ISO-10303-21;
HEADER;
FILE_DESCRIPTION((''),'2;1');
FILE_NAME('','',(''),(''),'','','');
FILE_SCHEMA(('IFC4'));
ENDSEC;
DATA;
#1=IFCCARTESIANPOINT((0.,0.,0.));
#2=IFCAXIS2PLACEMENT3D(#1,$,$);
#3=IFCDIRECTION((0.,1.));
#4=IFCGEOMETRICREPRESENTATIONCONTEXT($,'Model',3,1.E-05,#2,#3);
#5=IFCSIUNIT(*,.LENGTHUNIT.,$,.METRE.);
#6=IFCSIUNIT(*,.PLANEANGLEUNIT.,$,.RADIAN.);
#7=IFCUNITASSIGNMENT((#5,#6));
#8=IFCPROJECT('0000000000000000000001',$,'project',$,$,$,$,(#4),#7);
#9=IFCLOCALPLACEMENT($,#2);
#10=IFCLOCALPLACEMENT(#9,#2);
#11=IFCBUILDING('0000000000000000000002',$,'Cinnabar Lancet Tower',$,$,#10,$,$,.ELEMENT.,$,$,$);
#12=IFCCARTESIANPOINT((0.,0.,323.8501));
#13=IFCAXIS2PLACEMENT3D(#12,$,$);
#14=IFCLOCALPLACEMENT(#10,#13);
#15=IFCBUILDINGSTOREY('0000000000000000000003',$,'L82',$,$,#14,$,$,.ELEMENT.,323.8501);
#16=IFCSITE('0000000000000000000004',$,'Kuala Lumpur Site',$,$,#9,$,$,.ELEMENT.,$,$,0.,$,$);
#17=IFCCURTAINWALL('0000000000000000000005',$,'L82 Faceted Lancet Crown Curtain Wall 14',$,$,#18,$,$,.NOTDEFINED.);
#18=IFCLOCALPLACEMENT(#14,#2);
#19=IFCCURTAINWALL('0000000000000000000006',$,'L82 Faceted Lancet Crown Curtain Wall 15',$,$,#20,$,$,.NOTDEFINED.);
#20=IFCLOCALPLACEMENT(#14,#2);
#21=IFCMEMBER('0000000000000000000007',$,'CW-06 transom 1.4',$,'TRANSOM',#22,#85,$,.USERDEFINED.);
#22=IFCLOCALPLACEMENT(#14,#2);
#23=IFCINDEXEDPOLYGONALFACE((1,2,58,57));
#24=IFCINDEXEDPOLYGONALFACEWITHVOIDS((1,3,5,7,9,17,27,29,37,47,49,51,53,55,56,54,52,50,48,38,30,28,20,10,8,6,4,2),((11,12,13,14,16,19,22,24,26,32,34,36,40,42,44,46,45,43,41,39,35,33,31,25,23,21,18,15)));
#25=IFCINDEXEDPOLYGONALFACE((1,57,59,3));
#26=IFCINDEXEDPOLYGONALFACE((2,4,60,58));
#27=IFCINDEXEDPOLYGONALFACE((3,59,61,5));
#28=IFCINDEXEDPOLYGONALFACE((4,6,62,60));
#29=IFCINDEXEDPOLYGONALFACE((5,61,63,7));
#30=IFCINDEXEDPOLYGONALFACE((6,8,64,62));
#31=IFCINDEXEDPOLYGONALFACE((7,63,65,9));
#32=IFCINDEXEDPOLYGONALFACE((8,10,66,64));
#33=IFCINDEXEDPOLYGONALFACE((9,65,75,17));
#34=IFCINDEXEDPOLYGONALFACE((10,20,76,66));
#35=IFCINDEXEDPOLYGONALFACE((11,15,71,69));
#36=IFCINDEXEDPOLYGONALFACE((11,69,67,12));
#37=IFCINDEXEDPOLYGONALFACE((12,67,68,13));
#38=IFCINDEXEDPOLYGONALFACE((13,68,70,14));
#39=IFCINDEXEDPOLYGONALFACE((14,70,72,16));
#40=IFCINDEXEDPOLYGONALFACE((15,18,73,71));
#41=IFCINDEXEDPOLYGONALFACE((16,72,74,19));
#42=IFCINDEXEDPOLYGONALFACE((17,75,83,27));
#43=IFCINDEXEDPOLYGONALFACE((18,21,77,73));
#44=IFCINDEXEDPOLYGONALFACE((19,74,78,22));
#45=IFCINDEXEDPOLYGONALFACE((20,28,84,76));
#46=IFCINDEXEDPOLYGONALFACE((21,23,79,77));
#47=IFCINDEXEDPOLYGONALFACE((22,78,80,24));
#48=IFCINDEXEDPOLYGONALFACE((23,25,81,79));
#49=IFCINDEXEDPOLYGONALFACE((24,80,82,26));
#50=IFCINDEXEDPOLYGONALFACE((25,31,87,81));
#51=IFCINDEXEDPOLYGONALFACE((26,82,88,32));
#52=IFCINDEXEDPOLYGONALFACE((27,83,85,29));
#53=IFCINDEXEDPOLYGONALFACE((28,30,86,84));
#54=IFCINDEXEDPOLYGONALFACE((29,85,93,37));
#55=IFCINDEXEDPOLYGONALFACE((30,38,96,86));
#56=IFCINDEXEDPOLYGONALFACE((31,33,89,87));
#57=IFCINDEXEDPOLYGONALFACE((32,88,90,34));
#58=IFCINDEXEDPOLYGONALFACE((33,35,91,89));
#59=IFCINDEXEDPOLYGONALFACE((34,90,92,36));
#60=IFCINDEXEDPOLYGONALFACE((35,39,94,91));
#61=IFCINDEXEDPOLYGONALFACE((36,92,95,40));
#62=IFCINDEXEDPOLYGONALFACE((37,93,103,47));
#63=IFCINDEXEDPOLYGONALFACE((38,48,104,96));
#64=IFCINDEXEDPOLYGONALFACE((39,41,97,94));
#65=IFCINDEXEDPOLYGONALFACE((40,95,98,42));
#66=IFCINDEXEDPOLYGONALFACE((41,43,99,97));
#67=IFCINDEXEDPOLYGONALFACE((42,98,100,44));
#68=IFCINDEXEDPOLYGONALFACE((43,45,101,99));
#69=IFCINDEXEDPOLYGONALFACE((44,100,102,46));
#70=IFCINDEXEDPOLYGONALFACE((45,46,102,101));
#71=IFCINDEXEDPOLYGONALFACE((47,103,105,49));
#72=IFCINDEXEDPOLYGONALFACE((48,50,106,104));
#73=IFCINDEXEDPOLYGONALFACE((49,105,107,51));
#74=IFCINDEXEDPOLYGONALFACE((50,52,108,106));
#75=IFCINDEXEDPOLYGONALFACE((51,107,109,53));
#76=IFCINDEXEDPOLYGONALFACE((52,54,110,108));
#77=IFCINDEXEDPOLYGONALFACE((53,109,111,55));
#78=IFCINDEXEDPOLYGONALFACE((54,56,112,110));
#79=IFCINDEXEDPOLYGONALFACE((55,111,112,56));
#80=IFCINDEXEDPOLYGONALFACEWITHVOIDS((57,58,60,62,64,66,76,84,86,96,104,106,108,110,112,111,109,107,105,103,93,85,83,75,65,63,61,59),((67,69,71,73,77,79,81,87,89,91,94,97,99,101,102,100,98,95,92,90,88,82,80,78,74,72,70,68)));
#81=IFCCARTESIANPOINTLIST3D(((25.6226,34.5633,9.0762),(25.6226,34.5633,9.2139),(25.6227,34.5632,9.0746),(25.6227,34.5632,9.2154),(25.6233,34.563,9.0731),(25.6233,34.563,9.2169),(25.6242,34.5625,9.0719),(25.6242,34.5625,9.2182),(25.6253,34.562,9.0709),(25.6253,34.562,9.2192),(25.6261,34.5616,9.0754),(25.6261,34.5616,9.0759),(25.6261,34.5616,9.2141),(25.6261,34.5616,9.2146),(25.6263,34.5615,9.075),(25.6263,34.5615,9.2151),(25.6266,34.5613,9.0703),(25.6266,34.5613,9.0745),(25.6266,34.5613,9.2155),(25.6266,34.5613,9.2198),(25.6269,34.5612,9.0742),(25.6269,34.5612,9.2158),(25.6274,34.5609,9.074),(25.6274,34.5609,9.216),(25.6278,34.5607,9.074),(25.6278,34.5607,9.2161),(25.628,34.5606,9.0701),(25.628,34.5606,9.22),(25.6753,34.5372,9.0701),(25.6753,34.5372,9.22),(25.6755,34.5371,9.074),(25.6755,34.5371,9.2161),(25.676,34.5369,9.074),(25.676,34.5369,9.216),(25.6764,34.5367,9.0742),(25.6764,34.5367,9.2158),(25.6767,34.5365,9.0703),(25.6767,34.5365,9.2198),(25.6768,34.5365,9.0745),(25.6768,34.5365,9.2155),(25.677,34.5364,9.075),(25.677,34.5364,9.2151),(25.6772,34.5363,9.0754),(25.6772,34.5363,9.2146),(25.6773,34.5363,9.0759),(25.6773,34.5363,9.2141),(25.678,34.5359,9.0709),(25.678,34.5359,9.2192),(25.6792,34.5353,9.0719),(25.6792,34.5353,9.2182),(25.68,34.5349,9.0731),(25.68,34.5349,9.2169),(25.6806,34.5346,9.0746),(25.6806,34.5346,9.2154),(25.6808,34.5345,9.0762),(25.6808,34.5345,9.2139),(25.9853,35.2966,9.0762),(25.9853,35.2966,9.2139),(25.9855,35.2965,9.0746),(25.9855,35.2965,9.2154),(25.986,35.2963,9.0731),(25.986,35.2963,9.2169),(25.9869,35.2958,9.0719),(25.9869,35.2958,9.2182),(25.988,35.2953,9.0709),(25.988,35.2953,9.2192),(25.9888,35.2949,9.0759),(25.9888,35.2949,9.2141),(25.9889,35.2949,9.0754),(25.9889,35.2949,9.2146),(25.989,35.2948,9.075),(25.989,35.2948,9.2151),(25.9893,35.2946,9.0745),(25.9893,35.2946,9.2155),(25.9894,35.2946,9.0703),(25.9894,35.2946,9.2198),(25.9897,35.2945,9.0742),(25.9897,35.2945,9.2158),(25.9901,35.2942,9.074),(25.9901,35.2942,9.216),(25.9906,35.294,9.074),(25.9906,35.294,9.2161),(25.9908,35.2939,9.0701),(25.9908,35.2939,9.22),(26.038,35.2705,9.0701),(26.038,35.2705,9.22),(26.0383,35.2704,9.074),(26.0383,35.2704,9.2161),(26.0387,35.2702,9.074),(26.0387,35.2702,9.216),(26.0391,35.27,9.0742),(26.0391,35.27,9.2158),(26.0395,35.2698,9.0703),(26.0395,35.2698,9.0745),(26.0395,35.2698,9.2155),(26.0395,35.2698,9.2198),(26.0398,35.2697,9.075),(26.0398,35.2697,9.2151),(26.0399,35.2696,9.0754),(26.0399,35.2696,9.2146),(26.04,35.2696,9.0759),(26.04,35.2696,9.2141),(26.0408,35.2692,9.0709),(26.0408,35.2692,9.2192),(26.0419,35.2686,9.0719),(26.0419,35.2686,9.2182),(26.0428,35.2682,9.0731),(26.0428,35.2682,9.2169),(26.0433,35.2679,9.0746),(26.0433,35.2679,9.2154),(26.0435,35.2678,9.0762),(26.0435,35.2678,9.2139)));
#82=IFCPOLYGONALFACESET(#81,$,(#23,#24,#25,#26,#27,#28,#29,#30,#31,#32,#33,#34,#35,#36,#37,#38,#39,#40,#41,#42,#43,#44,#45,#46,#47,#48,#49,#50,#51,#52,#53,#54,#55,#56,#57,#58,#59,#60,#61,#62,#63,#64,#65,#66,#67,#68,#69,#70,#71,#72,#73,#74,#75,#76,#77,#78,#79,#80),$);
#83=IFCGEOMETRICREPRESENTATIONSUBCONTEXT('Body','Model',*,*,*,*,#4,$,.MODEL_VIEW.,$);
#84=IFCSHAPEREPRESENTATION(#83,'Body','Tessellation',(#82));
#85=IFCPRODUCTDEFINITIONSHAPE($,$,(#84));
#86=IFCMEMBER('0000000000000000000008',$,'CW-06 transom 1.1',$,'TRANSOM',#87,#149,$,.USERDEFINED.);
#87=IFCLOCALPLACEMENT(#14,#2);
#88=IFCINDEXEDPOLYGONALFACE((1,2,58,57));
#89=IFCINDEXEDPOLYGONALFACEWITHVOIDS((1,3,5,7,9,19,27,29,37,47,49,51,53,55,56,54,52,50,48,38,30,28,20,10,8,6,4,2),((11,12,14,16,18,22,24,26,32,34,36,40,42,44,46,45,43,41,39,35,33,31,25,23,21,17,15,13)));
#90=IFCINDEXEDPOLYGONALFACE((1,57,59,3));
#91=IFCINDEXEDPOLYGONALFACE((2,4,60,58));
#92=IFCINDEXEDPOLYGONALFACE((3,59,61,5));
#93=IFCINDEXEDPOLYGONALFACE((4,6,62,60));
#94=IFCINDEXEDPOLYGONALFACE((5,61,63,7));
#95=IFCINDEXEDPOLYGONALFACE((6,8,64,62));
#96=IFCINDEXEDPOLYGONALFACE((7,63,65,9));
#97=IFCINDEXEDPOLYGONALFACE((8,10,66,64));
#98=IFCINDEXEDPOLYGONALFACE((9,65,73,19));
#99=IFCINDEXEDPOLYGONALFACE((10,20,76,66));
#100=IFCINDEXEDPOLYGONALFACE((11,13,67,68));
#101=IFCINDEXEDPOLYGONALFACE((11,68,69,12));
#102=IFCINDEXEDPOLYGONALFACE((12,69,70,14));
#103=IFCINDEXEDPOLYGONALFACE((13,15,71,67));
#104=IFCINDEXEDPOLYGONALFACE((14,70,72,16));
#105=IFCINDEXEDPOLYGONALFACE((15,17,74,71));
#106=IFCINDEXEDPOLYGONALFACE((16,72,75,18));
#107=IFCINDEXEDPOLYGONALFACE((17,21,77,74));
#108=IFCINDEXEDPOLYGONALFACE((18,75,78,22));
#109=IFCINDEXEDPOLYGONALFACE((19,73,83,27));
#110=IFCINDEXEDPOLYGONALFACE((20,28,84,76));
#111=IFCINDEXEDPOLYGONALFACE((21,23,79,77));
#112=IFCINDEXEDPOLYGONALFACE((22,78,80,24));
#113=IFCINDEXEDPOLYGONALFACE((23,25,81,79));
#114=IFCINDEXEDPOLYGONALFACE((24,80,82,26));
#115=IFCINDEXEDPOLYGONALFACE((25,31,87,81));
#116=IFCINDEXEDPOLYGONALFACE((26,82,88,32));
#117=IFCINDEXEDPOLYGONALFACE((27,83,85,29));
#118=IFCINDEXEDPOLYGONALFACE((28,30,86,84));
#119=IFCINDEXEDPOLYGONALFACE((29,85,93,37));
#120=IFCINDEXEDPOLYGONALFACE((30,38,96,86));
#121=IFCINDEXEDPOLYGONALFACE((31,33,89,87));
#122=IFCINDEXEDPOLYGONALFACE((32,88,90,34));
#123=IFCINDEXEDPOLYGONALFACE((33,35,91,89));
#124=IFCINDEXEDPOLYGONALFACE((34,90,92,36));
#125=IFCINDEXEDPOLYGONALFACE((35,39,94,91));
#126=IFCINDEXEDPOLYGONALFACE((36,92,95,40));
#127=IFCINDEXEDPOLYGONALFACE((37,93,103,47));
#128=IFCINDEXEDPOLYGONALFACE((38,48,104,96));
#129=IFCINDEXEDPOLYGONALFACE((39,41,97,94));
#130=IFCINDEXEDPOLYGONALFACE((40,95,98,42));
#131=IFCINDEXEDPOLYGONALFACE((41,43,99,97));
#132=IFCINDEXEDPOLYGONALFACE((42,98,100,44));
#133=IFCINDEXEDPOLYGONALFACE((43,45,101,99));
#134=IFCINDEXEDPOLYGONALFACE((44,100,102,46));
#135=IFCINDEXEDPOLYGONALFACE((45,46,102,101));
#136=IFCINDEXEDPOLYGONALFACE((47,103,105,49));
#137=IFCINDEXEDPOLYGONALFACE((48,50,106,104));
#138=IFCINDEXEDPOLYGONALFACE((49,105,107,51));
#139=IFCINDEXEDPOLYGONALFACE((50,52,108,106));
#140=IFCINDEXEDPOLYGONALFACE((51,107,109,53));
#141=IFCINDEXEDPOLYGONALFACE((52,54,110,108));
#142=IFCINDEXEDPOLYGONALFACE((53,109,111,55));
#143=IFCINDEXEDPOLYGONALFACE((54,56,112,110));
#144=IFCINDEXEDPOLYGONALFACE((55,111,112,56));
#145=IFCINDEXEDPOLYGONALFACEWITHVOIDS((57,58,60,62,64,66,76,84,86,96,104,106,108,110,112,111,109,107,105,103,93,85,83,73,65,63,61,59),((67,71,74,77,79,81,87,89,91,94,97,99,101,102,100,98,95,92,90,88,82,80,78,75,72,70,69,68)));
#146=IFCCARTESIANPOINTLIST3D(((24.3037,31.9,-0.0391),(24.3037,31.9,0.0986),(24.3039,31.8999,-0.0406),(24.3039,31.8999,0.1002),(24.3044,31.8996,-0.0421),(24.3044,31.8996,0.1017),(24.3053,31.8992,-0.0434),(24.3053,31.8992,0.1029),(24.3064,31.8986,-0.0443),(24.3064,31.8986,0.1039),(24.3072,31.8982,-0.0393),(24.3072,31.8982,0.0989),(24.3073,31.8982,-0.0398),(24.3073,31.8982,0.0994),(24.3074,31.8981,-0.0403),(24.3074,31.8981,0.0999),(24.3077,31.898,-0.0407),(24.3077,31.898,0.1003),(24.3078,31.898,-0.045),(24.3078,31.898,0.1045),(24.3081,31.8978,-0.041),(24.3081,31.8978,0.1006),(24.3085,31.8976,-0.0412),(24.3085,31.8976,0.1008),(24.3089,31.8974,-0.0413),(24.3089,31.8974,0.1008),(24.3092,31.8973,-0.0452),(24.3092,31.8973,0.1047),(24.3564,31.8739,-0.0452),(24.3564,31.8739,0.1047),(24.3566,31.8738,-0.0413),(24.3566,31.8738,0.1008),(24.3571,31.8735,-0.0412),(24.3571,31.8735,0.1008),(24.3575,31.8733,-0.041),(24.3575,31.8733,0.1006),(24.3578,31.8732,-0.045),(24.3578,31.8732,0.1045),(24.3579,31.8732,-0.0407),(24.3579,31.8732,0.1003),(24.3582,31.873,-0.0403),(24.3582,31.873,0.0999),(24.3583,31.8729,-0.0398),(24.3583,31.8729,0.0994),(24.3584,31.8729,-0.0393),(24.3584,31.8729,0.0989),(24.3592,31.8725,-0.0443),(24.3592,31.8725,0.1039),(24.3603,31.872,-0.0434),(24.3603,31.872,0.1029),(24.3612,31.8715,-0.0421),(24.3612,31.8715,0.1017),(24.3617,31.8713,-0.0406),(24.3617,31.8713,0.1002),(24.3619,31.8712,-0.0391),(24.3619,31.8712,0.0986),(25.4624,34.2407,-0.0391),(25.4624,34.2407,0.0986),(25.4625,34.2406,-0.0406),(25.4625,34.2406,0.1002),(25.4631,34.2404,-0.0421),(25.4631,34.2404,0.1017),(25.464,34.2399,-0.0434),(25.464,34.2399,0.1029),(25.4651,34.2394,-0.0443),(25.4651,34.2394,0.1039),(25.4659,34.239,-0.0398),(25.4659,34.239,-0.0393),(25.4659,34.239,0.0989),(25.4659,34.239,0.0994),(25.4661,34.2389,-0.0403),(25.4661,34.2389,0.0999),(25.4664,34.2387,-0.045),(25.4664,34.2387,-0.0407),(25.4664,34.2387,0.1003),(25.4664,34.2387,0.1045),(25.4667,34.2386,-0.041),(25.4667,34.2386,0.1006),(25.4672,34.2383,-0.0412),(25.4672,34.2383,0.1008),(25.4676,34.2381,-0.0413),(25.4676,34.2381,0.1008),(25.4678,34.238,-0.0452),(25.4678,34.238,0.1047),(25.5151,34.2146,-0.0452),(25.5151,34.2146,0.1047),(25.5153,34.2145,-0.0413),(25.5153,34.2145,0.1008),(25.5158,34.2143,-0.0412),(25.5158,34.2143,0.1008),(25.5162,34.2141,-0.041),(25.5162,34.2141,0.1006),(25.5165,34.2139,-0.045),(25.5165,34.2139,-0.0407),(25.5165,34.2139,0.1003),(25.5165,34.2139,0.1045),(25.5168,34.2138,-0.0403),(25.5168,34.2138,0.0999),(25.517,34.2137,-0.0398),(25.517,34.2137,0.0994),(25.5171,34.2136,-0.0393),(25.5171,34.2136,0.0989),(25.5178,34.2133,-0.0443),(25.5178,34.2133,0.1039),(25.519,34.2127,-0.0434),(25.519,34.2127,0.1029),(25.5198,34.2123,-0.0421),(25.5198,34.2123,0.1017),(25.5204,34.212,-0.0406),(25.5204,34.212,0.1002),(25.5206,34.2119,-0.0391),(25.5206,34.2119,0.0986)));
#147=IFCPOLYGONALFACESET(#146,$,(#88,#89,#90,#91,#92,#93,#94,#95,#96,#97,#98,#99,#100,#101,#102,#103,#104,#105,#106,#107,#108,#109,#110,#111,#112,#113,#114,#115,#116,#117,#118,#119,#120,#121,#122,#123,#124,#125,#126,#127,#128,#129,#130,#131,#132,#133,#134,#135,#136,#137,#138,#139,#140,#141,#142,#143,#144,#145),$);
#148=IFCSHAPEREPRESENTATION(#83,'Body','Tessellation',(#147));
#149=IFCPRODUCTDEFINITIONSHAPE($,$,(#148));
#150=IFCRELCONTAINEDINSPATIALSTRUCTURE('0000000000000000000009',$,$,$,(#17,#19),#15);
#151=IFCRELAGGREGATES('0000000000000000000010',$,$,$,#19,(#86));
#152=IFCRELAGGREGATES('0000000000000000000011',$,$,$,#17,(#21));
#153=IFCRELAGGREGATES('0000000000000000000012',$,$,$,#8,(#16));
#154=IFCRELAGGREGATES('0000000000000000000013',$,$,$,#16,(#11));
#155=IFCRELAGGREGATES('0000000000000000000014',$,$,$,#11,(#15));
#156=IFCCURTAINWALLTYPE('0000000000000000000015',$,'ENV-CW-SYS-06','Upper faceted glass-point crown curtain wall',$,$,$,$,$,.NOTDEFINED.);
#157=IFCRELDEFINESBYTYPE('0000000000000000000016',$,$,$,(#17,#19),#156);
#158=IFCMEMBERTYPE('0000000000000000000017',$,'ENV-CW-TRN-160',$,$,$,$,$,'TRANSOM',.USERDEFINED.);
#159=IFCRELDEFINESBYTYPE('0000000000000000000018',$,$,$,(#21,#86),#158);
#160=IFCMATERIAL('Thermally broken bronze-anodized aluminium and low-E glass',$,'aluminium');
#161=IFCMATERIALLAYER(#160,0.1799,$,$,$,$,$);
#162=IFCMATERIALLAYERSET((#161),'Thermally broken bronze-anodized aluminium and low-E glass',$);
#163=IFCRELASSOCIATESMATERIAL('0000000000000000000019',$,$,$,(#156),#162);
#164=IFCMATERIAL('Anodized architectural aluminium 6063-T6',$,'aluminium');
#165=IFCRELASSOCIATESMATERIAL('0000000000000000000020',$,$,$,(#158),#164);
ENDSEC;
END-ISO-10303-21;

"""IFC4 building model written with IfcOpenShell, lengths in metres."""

from ifc_helpers import new_model, si_unit, direction, frame, origin, origin_2d, place, context, subcontext, project, spatial, hollow_rectangle, extrude, material, layer, layer_set, material_profile, profile_set, type_object, element, aggregate, save


model = new_model("IFC4")

# Units and contexts
model_context = context("Model", 3, precision=1e-05, world=origin(), true_north=direction((0.0, 1.0)))
body_context = subcontext(model_context, "Body", "Model", "MODEL_VIEW")
ifc_project = project(units=[si_unit("LENGTHUNIT", "METRE"), si_unit("PLANEANGLEUNIT", "RADIAN")], contexts=[model_context])

# Site, building, storey
site_placement = place(None, origin())
site = spatial("IfcSite", under=ifc_project, at=site_placement, Name="Kuala Lumpur Site", CompositionType="ELEMENT", RefElevation=0.0)
building_placement = place(site_placement, origin())
building = spatial("IfcBuilding", under=site, at=building_placement, Name="Cinnabar Lancet Tower", CompositionType="ELEMENT")
storey_placement = place(building_placement, frame((0.0, 0.0, 323.8501)))
storey = spatial("IfcBuildingStorey", under=building, at=storey_placement, Name="L82", CompositionType="ELEMENT", Elevation=323.8501)

# Curtain wall
ifc_material_1 = material(Name="Thermally broken bronze-anodized aluminium and low-E glass", Category="aluminium")
ifc_layer_1 = layer(ifc_material_1, 0.1799)
ifc_layer_set_1 = layer_set([ifc_layer_1], Name="Thermally broken bronze-anodized aluminium and low-E glass")
curtain_wall_type = type_object("IfcCurtainWallType", Name="ENV-CW-SYS-06", Description="Upper faceted glass-point crown curtain wall", PredefinedType="NOTDEFINED", material=ifc_layer_set_1)
curtain_wall_1_placement = place(storey_placement, origin())
curtain_wall_1 = element("IfcCurtainWall", 1, at=curtain_wall_1_placement, inside=storey, type_object=curtain_wall_type, Name="L82 Faceted Lancet Crown Curtain Wall 14", PredefinedType="NOTDEFINED")

# Curtain wall
curtain_wall_2_placement = place(storey_placement, origin())
curtain_wall_2 = element("IfcCurtainWall", 2, at=curtain_wall_2_placement, inside=storey, type_object=curtain_wall_type, Name="L82 Faceted Lancet Crown Curtain Wall 15", PredefinedType="NOTDEFINED")

# Members
ifc_material_2 = material(Name="Anodized architectural aluminium 6063-T6", Category="aluminium")
ifc_material_profile_1 = material_profile(ifc_material_2, hollow_rectangle(XDim=0.0649, YDim=0.1499, WallThickness=0.0039, InnerFilletRadius=0.002, OuterFilletRadius=0.0061, at=origin_2d()), Name="CW-TRN 150x65x4")
ifc_profile_set_1 = profile_set([ifc_material_profile_1], Name="Anodized architectural aluminium 6063-T6")
member_type_1 = type_object("IfcMemberType", Name="ENV-CW-TRN-160", ElementType="TRANSOM", PredefinedType="USERDEFINED", material=ifc_profile_set_1)
member_1_placement = place(storey_placement, frame((26.0144, 35.2822, 9.145), z_axis=(-0.44339, -0.896329, 0.0), x_axis=(0.896329, -0.44339, 0.0)))
member_1 = element("IfcMember", 3, at=member_1_placement, type_object=member_type_1, Name="CW-06 transom 1.4", ObjectType="TRANSOM", PredefinedType="USERDEFINED", context=body_context, shape_type="SweptSolid", body=[
    extrude(hollow_rectangle(XDim=0.0649, YDim=0.1499, WallThickness=0.0039, InnerFilletRadius=0.002, OuterFilletRadius=0.0061, at=origin_2d()), origin(), (0.0, 0.0, 1.0), 0.8181),
])
member_2_placement = place(storey_placement, frame((25.4915, 34.2263, 0.0298), z_axis=(-0.443621, -0.896215, 0.0), x_axis=(0.896215, -0.443621, 0.0)))
member_2 = element("IfcMember", 4, at=member_2_placement, type_object=member_type_1, Name="CW-06 transom 1.1", ObjectType="TRANSOM", PredefinedType="USERDEFINED", context=body_context, shape_type="SweptSolid", body=[
    extrude(hollow_rectangle(XDim=0.0649, YDim=0.1499, WallThickness=0.0039, InnerFilletRadius=0.002, OuterFilletRadius=0.0061, at=origin_2d()), origin(), (0.0, 0.0, 1.0), 2.6118),
])
aggregate(curtain_wall_2, [member_2])

aggregate(curtain_wall_1, [member_1])

save(model, "model.ifc")
